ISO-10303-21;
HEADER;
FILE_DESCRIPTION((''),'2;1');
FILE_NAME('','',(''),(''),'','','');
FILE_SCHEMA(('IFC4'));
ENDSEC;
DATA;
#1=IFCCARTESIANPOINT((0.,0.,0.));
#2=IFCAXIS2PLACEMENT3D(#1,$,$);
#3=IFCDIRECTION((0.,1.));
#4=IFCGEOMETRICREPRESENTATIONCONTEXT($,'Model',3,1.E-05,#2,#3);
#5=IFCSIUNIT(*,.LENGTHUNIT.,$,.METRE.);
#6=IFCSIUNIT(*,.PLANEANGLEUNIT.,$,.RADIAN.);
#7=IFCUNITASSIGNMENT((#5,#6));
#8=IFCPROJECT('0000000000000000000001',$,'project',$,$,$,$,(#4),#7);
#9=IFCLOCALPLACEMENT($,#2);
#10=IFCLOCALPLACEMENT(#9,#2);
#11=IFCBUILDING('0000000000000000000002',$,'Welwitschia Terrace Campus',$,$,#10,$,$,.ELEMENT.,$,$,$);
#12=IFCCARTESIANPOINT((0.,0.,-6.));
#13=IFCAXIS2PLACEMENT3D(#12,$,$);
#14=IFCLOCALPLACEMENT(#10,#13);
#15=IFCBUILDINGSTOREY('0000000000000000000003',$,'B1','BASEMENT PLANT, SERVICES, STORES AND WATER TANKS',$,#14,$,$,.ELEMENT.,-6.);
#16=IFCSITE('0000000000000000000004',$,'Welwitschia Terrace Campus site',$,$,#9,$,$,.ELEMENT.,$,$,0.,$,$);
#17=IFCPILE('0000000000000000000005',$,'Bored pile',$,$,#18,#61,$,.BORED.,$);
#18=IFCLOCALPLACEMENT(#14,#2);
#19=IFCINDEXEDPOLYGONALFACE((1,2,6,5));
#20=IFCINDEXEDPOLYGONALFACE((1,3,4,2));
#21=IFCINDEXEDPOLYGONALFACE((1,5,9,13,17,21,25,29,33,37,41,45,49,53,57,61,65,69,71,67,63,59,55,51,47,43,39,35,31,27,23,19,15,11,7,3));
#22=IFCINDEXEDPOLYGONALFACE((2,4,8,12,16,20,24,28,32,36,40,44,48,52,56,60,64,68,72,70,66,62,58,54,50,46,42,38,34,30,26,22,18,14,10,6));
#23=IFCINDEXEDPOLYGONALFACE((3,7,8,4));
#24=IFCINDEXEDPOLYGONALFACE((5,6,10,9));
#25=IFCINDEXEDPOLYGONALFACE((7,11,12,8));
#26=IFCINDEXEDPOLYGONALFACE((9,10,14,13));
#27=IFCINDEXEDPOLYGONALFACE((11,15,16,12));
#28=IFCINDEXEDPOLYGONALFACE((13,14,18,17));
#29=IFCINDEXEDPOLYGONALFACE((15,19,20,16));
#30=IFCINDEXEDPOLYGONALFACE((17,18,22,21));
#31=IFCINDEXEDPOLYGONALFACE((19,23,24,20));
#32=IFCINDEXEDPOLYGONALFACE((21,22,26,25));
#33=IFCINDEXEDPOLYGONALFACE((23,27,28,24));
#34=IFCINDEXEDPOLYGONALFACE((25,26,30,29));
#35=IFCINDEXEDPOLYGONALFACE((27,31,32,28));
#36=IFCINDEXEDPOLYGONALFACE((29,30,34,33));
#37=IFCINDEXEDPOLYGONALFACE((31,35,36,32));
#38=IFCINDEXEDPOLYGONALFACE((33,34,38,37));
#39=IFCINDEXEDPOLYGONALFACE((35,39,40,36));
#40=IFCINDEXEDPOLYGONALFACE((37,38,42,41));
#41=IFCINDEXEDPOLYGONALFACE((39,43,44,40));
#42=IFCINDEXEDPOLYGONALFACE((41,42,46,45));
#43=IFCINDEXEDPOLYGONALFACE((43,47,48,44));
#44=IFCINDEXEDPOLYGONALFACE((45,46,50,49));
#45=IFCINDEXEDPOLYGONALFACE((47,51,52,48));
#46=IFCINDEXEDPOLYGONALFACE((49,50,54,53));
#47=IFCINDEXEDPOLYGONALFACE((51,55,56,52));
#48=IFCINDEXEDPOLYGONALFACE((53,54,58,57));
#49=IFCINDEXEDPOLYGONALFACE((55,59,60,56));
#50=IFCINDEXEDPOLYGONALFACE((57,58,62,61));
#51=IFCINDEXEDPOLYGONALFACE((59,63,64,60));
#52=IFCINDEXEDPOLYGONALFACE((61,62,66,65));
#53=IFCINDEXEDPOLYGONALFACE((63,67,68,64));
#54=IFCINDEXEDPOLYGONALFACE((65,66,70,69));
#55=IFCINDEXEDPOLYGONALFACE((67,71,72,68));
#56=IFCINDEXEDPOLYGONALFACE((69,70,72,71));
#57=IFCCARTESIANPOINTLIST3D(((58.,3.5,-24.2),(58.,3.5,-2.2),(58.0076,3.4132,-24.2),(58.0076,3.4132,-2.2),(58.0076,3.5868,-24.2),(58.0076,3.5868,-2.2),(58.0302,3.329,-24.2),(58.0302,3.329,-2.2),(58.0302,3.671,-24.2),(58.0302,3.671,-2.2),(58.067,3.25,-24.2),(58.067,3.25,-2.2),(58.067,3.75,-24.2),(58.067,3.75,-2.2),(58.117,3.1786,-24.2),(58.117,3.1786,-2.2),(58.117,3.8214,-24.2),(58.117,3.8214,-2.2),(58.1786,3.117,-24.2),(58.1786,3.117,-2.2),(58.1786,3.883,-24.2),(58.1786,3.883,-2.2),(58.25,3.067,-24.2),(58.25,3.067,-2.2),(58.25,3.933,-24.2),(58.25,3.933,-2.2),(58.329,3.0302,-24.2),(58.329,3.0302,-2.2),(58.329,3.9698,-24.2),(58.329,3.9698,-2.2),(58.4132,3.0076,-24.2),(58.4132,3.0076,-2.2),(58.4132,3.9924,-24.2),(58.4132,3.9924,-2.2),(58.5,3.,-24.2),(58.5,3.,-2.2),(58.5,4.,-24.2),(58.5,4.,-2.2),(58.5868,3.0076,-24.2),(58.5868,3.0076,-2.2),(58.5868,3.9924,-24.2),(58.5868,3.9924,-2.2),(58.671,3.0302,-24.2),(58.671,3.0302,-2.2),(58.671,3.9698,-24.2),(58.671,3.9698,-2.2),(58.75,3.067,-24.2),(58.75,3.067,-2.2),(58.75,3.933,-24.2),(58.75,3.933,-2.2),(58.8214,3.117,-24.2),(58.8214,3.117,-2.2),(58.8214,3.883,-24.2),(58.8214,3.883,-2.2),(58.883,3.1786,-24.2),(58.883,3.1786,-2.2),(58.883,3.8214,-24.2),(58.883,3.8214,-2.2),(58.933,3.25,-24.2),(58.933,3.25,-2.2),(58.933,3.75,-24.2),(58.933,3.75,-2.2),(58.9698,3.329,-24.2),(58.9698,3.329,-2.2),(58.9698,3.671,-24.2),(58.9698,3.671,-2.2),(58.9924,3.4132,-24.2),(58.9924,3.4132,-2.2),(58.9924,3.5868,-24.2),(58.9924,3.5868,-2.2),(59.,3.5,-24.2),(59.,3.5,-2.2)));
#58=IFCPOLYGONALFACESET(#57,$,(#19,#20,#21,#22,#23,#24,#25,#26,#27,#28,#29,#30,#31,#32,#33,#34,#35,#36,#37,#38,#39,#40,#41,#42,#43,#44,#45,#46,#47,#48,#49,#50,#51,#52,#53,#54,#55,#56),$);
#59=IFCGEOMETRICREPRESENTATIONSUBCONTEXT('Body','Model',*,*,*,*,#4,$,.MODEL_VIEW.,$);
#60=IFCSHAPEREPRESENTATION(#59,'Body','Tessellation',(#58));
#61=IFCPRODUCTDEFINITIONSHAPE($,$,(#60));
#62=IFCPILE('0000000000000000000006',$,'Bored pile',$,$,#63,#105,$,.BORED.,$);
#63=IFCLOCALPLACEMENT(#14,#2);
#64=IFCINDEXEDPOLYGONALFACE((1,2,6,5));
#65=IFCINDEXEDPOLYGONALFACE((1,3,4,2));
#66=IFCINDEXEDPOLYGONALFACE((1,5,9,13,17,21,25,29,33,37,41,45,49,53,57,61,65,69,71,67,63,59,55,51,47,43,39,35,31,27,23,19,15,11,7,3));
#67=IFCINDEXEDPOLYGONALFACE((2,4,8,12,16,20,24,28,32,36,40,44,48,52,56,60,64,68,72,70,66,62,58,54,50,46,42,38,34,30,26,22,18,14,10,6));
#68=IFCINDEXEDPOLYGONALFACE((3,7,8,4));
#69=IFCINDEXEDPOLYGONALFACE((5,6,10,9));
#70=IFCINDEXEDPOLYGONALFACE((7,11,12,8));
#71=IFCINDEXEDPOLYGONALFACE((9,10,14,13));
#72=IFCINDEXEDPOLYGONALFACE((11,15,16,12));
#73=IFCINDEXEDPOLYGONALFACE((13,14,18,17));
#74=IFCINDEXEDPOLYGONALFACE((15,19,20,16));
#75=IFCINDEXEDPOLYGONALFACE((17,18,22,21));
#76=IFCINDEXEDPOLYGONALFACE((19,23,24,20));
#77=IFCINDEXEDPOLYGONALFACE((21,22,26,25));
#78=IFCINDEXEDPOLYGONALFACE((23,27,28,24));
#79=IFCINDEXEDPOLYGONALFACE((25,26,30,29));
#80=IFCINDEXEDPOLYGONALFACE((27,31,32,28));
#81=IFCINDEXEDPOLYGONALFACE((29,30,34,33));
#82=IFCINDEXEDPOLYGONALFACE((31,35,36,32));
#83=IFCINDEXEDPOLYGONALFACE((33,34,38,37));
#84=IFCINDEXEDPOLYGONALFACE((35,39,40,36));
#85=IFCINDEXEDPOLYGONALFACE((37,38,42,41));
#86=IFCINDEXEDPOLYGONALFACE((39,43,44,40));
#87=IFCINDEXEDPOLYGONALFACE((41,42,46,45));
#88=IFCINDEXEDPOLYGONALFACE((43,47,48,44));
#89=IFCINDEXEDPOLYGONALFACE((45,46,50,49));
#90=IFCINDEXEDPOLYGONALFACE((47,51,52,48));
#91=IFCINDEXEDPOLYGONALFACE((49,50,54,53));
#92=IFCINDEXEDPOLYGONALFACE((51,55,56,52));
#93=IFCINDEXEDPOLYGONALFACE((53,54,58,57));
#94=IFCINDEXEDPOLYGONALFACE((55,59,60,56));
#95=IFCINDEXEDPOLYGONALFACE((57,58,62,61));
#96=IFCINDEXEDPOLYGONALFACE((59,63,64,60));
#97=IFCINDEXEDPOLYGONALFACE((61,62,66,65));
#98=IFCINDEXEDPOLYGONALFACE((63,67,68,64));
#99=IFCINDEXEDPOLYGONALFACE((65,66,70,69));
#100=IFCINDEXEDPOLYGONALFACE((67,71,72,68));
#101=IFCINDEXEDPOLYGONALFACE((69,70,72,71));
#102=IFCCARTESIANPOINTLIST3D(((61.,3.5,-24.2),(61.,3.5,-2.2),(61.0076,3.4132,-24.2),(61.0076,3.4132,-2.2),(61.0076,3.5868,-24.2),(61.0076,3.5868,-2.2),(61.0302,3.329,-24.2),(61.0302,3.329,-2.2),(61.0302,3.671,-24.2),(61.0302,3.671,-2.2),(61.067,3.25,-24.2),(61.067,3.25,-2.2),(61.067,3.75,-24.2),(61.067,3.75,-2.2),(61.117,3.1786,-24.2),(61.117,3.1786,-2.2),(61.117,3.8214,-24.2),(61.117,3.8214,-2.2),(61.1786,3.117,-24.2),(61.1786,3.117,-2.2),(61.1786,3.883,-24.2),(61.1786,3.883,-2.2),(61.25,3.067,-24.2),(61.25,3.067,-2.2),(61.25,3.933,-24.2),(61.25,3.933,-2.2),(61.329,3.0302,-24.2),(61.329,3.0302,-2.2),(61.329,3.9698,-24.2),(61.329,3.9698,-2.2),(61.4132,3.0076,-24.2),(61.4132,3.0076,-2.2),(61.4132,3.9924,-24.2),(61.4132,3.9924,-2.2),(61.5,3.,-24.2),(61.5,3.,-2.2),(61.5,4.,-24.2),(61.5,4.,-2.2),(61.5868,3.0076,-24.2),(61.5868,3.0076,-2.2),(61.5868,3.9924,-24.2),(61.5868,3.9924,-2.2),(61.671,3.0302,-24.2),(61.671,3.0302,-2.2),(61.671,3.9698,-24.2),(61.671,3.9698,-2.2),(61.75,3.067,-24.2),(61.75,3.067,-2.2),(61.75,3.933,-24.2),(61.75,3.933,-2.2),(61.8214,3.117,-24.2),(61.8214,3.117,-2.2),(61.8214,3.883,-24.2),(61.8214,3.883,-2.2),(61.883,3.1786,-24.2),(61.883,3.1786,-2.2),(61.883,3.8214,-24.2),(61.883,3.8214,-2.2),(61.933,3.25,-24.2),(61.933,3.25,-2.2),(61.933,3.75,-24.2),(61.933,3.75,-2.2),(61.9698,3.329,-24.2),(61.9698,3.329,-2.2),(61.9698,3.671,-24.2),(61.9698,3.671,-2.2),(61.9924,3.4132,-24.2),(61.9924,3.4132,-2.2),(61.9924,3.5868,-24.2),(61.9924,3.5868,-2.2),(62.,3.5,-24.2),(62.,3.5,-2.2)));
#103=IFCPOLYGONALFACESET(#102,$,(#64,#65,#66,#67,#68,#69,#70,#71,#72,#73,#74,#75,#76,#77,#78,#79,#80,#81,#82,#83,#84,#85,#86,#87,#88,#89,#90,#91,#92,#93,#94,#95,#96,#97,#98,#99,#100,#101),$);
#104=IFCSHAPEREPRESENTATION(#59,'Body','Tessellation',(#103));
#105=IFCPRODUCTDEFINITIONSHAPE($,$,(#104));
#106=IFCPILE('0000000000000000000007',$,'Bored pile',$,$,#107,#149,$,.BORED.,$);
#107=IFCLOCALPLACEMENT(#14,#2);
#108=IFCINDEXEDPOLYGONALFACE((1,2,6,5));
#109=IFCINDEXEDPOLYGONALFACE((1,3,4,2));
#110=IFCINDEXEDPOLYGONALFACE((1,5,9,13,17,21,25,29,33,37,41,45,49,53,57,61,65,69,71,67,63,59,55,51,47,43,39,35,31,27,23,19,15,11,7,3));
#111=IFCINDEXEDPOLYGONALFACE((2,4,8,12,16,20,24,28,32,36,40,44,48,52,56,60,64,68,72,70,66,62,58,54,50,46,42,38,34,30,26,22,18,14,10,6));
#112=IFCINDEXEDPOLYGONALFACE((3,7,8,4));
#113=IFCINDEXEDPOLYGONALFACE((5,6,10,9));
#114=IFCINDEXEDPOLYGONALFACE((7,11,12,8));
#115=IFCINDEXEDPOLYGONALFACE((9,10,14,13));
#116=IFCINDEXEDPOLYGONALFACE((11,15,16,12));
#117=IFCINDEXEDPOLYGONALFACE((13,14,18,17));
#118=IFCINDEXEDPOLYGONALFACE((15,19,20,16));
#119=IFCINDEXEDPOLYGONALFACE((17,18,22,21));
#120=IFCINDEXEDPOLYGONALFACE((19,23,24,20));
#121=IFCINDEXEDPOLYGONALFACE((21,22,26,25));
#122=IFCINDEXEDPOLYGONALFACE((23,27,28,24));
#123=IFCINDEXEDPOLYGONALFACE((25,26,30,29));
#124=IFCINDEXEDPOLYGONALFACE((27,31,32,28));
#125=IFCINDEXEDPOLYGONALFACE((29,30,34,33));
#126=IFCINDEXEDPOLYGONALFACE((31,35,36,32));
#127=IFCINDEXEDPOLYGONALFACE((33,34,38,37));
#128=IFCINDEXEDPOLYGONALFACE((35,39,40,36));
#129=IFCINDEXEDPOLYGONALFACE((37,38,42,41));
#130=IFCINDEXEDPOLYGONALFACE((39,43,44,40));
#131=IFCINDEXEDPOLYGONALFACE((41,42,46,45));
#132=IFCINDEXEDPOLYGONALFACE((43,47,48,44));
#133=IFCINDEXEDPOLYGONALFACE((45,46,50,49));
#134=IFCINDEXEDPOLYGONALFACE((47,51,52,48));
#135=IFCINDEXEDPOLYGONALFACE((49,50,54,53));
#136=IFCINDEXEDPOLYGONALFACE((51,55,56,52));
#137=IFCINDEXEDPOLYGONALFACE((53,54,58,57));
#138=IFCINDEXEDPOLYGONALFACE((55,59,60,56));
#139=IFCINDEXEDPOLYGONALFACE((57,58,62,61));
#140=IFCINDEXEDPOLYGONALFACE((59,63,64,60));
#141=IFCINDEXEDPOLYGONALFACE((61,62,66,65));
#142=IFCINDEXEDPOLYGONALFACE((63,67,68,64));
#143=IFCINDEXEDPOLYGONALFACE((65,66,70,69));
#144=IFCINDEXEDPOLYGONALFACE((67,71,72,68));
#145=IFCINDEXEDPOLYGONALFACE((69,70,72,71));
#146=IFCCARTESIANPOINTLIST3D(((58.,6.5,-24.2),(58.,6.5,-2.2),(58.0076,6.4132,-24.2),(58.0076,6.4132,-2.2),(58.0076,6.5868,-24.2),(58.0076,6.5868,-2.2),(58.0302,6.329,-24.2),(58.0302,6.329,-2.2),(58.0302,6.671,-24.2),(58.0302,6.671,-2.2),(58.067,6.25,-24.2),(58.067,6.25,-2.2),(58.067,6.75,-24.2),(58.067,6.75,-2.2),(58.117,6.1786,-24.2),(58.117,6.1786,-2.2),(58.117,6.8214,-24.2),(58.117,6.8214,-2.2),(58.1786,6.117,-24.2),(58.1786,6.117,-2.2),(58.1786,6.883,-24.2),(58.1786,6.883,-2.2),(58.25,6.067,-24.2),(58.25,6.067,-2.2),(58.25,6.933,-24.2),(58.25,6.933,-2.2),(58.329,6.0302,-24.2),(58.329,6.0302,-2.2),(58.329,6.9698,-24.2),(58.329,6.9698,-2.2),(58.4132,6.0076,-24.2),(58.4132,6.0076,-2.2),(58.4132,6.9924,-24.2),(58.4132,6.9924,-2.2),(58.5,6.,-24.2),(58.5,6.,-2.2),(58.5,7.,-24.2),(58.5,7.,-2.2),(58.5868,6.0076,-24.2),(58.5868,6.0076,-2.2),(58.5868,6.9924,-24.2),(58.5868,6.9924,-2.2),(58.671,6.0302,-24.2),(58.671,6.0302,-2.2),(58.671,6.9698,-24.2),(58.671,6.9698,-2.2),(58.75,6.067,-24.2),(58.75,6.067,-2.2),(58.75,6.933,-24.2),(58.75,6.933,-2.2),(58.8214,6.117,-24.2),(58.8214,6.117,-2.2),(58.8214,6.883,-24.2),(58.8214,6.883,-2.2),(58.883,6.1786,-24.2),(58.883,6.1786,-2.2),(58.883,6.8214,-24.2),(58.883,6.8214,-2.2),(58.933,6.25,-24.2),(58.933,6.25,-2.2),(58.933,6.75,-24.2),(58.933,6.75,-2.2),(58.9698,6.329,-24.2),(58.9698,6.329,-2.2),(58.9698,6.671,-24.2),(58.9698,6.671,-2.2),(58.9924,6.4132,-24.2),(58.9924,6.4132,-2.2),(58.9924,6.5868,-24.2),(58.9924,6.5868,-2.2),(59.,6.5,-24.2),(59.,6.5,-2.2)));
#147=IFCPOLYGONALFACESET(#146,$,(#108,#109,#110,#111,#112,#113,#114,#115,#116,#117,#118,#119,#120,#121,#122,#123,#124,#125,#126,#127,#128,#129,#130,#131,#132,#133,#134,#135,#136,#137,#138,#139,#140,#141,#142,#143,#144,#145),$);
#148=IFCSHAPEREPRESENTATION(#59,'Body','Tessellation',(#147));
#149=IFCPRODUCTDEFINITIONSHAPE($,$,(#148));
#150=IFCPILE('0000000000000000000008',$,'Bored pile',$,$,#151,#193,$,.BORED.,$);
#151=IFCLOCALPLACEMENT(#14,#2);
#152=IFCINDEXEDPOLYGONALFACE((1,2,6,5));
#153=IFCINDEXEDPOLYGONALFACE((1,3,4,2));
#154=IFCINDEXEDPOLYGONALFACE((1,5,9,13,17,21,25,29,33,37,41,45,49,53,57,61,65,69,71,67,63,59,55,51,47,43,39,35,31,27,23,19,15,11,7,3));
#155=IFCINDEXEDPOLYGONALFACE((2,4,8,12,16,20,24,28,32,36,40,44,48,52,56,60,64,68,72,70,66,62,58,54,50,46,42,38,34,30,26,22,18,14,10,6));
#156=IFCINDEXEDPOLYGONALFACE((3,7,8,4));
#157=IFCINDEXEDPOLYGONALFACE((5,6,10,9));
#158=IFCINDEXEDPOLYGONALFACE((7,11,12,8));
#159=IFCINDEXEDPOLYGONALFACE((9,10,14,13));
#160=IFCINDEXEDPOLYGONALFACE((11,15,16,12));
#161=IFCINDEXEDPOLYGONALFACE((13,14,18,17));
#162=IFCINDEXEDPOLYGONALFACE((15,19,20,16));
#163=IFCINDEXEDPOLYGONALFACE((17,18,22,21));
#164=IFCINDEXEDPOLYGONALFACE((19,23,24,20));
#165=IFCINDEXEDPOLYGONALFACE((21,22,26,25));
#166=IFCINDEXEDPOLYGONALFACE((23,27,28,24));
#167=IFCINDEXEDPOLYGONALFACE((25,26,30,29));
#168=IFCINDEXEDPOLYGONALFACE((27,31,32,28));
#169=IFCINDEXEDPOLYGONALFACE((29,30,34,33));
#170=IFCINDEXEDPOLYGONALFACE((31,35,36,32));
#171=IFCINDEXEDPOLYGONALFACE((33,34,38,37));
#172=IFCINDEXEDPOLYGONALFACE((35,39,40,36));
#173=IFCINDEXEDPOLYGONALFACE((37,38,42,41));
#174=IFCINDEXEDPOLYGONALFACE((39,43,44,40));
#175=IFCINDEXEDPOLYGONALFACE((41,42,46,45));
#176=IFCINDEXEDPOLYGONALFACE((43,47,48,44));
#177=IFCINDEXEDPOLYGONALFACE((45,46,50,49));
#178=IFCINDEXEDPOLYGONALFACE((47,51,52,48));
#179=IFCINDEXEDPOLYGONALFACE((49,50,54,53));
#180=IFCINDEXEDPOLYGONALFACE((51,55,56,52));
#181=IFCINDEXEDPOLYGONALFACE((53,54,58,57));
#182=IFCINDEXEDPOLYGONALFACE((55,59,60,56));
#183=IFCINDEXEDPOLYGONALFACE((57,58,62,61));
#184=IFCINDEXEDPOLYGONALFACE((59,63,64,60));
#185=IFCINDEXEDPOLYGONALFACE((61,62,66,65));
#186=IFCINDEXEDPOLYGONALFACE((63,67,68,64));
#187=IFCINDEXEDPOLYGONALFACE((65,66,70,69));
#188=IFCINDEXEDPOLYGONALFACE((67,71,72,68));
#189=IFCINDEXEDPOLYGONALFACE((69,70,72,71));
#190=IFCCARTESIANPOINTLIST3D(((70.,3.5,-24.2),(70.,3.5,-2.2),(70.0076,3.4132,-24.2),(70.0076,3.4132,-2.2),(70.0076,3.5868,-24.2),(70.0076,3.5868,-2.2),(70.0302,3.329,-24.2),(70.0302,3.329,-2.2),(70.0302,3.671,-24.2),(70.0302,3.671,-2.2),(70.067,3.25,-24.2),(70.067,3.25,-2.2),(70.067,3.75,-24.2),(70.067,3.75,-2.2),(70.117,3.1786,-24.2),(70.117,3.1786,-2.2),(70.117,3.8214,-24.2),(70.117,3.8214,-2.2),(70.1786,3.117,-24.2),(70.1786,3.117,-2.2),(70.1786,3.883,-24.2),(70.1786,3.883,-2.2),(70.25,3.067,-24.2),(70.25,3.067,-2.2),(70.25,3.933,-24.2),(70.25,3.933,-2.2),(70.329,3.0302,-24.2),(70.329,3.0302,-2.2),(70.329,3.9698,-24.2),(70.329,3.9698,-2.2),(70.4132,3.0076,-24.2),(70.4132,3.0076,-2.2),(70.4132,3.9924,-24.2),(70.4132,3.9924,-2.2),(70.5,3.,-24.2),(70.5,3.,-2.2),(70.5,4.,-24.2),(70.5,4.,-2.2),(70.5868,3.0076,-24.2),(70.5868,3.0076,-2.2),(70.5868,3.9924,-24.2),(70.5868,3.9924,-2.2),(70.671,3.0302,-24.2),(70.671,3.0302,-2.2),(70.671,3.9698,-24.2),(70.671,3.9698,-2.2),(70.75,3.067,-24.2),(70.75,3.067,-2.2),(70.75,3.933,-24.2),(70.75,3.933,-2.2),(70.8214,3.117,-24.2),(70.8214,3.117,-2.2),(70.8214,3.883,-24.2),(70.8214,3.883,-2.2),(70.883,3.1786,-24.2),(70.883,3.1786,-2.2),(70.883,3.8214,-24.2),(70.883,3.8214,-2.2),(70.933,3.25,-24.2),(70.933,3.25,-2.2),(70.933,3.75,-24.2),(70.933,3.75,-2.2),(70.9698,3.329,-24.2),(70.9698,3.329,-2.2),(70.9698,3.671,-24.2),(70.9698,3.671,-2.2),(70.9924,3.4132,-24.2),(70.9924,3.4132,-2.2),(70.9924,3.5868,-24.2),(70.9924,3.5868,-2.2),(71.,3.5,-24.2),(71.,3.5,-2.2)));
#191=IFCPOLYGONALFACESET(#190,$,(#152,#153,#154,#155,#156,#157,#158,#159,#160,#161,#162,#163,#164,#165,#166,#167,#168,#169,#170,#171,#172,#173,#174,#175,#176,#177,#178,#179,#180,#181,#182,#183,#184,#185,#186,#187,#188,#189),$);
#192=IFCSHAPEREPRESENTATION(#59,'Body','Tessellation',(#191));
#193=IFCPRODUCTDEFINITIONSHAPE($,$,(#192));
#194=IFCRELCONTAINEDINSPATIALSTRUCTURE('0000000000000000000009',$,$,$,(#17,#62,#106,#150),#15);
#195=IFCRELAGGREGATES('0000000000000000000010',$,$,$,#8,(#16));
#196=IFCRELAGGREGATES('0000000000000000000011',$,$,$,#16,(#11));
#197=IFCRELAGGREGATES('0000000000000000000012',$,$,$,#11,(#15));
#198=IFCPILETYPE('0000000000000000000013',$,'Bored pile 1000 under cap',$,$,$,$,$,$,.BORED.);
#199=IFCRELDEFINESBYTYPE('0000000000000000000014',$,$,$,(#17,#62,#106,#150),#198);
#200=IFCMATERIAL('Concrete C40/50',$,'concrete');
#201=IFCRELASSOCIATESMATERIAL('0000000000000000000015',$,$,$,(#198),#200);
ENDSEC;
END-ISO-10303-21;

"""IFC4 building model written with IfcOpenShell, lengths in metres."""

from ifc_helpers import new_model, si_unit, direction, frame, origin, origin_2d, place, context, subcontext, project, spatial, circle, extrude, material, type_object, element, save


model = new_model("IFC4")

# Units and contexts
model_context = context("Model", 3, precision=1e-05, world=origin(), true_north=direction((0.0, 1.0)))
body_context = subcontext(model_context, "Body", "Model", "MODEL_VIEW")
ifc_project = project(units=[si_unit("LENGTHUNIT", "METRE"), si_unit("PLANEANGLEUNIT", "RADIAN")], contexts=[model_context])

# Site, building, storey
site_placement = place(None, origin())
site = spatial("IfcSite", under=ifc_project, at=site_placement, Name="Welwitschia Terrace Campus site", CompositionType="ELEMENT", RefElevation=0.0)
building_placement = place(site_placement, origin())
building = spatial("IfcBuilding", under=site, at=building_placement, Name="Welwitschia Terrace Campus", CompositionType="ELEMENT")
storey_placement = place(building_placement, frame((0.0, 0.0, -6.0)))
storey = spatial("IfcBuildingStorey", under=building, at=storey_placement, Name="B1", Description="BASEMENT PLANT, SERVICES, STORES AND WATER TANKS", CompositionType="ELEMENT", Elevation=-6.0)

# Piles
ifc_material_1 = material(Name="Concrete C40/50", Category="concrete")
pile_type = type_object("IfcPileType", Name="Bored pile 1000 under cap", PredefinedType="BORED", material=ifc_material_1)
for number, where, z_axis, x_axis, name in (
    (1, (58.5, 3.5, -2.2), (0.0, 0.0, -1.0), (1.0, 0.0, 0.0), "Bored pile"),
    (2, (61.5, 3.5, -2.2), (0.0, 0.0, -1.0), (1.0, 0.0, 0.0), "Bored pile"),
    (3, (58.5, 6.5, -2.2), (0.0, 0.0, -1.0), (1.0, 0.0, 0.0), "Bored pile"),
    (4, (70.5, 3.5, -2.2), (0.0, 0.0, -1.0), (1.0, 0.0, 0.0), "Bored pile"),
):
    element("IfcPile", number, at=place(storey_placement, frame(where, z_axis=z_axis, x_axis=x_axis)), inside=storey, type_object=pile_type, Name=name, PredefinedType="BORED", context=body_context, shape_type="SweptSolid", body=[
        extrude(circle(Radius=0.5, at=origin_2d()), origin(), (0.0, 0.0, 1.0), 22.0),
    ])

save(model, "model.ifc")
